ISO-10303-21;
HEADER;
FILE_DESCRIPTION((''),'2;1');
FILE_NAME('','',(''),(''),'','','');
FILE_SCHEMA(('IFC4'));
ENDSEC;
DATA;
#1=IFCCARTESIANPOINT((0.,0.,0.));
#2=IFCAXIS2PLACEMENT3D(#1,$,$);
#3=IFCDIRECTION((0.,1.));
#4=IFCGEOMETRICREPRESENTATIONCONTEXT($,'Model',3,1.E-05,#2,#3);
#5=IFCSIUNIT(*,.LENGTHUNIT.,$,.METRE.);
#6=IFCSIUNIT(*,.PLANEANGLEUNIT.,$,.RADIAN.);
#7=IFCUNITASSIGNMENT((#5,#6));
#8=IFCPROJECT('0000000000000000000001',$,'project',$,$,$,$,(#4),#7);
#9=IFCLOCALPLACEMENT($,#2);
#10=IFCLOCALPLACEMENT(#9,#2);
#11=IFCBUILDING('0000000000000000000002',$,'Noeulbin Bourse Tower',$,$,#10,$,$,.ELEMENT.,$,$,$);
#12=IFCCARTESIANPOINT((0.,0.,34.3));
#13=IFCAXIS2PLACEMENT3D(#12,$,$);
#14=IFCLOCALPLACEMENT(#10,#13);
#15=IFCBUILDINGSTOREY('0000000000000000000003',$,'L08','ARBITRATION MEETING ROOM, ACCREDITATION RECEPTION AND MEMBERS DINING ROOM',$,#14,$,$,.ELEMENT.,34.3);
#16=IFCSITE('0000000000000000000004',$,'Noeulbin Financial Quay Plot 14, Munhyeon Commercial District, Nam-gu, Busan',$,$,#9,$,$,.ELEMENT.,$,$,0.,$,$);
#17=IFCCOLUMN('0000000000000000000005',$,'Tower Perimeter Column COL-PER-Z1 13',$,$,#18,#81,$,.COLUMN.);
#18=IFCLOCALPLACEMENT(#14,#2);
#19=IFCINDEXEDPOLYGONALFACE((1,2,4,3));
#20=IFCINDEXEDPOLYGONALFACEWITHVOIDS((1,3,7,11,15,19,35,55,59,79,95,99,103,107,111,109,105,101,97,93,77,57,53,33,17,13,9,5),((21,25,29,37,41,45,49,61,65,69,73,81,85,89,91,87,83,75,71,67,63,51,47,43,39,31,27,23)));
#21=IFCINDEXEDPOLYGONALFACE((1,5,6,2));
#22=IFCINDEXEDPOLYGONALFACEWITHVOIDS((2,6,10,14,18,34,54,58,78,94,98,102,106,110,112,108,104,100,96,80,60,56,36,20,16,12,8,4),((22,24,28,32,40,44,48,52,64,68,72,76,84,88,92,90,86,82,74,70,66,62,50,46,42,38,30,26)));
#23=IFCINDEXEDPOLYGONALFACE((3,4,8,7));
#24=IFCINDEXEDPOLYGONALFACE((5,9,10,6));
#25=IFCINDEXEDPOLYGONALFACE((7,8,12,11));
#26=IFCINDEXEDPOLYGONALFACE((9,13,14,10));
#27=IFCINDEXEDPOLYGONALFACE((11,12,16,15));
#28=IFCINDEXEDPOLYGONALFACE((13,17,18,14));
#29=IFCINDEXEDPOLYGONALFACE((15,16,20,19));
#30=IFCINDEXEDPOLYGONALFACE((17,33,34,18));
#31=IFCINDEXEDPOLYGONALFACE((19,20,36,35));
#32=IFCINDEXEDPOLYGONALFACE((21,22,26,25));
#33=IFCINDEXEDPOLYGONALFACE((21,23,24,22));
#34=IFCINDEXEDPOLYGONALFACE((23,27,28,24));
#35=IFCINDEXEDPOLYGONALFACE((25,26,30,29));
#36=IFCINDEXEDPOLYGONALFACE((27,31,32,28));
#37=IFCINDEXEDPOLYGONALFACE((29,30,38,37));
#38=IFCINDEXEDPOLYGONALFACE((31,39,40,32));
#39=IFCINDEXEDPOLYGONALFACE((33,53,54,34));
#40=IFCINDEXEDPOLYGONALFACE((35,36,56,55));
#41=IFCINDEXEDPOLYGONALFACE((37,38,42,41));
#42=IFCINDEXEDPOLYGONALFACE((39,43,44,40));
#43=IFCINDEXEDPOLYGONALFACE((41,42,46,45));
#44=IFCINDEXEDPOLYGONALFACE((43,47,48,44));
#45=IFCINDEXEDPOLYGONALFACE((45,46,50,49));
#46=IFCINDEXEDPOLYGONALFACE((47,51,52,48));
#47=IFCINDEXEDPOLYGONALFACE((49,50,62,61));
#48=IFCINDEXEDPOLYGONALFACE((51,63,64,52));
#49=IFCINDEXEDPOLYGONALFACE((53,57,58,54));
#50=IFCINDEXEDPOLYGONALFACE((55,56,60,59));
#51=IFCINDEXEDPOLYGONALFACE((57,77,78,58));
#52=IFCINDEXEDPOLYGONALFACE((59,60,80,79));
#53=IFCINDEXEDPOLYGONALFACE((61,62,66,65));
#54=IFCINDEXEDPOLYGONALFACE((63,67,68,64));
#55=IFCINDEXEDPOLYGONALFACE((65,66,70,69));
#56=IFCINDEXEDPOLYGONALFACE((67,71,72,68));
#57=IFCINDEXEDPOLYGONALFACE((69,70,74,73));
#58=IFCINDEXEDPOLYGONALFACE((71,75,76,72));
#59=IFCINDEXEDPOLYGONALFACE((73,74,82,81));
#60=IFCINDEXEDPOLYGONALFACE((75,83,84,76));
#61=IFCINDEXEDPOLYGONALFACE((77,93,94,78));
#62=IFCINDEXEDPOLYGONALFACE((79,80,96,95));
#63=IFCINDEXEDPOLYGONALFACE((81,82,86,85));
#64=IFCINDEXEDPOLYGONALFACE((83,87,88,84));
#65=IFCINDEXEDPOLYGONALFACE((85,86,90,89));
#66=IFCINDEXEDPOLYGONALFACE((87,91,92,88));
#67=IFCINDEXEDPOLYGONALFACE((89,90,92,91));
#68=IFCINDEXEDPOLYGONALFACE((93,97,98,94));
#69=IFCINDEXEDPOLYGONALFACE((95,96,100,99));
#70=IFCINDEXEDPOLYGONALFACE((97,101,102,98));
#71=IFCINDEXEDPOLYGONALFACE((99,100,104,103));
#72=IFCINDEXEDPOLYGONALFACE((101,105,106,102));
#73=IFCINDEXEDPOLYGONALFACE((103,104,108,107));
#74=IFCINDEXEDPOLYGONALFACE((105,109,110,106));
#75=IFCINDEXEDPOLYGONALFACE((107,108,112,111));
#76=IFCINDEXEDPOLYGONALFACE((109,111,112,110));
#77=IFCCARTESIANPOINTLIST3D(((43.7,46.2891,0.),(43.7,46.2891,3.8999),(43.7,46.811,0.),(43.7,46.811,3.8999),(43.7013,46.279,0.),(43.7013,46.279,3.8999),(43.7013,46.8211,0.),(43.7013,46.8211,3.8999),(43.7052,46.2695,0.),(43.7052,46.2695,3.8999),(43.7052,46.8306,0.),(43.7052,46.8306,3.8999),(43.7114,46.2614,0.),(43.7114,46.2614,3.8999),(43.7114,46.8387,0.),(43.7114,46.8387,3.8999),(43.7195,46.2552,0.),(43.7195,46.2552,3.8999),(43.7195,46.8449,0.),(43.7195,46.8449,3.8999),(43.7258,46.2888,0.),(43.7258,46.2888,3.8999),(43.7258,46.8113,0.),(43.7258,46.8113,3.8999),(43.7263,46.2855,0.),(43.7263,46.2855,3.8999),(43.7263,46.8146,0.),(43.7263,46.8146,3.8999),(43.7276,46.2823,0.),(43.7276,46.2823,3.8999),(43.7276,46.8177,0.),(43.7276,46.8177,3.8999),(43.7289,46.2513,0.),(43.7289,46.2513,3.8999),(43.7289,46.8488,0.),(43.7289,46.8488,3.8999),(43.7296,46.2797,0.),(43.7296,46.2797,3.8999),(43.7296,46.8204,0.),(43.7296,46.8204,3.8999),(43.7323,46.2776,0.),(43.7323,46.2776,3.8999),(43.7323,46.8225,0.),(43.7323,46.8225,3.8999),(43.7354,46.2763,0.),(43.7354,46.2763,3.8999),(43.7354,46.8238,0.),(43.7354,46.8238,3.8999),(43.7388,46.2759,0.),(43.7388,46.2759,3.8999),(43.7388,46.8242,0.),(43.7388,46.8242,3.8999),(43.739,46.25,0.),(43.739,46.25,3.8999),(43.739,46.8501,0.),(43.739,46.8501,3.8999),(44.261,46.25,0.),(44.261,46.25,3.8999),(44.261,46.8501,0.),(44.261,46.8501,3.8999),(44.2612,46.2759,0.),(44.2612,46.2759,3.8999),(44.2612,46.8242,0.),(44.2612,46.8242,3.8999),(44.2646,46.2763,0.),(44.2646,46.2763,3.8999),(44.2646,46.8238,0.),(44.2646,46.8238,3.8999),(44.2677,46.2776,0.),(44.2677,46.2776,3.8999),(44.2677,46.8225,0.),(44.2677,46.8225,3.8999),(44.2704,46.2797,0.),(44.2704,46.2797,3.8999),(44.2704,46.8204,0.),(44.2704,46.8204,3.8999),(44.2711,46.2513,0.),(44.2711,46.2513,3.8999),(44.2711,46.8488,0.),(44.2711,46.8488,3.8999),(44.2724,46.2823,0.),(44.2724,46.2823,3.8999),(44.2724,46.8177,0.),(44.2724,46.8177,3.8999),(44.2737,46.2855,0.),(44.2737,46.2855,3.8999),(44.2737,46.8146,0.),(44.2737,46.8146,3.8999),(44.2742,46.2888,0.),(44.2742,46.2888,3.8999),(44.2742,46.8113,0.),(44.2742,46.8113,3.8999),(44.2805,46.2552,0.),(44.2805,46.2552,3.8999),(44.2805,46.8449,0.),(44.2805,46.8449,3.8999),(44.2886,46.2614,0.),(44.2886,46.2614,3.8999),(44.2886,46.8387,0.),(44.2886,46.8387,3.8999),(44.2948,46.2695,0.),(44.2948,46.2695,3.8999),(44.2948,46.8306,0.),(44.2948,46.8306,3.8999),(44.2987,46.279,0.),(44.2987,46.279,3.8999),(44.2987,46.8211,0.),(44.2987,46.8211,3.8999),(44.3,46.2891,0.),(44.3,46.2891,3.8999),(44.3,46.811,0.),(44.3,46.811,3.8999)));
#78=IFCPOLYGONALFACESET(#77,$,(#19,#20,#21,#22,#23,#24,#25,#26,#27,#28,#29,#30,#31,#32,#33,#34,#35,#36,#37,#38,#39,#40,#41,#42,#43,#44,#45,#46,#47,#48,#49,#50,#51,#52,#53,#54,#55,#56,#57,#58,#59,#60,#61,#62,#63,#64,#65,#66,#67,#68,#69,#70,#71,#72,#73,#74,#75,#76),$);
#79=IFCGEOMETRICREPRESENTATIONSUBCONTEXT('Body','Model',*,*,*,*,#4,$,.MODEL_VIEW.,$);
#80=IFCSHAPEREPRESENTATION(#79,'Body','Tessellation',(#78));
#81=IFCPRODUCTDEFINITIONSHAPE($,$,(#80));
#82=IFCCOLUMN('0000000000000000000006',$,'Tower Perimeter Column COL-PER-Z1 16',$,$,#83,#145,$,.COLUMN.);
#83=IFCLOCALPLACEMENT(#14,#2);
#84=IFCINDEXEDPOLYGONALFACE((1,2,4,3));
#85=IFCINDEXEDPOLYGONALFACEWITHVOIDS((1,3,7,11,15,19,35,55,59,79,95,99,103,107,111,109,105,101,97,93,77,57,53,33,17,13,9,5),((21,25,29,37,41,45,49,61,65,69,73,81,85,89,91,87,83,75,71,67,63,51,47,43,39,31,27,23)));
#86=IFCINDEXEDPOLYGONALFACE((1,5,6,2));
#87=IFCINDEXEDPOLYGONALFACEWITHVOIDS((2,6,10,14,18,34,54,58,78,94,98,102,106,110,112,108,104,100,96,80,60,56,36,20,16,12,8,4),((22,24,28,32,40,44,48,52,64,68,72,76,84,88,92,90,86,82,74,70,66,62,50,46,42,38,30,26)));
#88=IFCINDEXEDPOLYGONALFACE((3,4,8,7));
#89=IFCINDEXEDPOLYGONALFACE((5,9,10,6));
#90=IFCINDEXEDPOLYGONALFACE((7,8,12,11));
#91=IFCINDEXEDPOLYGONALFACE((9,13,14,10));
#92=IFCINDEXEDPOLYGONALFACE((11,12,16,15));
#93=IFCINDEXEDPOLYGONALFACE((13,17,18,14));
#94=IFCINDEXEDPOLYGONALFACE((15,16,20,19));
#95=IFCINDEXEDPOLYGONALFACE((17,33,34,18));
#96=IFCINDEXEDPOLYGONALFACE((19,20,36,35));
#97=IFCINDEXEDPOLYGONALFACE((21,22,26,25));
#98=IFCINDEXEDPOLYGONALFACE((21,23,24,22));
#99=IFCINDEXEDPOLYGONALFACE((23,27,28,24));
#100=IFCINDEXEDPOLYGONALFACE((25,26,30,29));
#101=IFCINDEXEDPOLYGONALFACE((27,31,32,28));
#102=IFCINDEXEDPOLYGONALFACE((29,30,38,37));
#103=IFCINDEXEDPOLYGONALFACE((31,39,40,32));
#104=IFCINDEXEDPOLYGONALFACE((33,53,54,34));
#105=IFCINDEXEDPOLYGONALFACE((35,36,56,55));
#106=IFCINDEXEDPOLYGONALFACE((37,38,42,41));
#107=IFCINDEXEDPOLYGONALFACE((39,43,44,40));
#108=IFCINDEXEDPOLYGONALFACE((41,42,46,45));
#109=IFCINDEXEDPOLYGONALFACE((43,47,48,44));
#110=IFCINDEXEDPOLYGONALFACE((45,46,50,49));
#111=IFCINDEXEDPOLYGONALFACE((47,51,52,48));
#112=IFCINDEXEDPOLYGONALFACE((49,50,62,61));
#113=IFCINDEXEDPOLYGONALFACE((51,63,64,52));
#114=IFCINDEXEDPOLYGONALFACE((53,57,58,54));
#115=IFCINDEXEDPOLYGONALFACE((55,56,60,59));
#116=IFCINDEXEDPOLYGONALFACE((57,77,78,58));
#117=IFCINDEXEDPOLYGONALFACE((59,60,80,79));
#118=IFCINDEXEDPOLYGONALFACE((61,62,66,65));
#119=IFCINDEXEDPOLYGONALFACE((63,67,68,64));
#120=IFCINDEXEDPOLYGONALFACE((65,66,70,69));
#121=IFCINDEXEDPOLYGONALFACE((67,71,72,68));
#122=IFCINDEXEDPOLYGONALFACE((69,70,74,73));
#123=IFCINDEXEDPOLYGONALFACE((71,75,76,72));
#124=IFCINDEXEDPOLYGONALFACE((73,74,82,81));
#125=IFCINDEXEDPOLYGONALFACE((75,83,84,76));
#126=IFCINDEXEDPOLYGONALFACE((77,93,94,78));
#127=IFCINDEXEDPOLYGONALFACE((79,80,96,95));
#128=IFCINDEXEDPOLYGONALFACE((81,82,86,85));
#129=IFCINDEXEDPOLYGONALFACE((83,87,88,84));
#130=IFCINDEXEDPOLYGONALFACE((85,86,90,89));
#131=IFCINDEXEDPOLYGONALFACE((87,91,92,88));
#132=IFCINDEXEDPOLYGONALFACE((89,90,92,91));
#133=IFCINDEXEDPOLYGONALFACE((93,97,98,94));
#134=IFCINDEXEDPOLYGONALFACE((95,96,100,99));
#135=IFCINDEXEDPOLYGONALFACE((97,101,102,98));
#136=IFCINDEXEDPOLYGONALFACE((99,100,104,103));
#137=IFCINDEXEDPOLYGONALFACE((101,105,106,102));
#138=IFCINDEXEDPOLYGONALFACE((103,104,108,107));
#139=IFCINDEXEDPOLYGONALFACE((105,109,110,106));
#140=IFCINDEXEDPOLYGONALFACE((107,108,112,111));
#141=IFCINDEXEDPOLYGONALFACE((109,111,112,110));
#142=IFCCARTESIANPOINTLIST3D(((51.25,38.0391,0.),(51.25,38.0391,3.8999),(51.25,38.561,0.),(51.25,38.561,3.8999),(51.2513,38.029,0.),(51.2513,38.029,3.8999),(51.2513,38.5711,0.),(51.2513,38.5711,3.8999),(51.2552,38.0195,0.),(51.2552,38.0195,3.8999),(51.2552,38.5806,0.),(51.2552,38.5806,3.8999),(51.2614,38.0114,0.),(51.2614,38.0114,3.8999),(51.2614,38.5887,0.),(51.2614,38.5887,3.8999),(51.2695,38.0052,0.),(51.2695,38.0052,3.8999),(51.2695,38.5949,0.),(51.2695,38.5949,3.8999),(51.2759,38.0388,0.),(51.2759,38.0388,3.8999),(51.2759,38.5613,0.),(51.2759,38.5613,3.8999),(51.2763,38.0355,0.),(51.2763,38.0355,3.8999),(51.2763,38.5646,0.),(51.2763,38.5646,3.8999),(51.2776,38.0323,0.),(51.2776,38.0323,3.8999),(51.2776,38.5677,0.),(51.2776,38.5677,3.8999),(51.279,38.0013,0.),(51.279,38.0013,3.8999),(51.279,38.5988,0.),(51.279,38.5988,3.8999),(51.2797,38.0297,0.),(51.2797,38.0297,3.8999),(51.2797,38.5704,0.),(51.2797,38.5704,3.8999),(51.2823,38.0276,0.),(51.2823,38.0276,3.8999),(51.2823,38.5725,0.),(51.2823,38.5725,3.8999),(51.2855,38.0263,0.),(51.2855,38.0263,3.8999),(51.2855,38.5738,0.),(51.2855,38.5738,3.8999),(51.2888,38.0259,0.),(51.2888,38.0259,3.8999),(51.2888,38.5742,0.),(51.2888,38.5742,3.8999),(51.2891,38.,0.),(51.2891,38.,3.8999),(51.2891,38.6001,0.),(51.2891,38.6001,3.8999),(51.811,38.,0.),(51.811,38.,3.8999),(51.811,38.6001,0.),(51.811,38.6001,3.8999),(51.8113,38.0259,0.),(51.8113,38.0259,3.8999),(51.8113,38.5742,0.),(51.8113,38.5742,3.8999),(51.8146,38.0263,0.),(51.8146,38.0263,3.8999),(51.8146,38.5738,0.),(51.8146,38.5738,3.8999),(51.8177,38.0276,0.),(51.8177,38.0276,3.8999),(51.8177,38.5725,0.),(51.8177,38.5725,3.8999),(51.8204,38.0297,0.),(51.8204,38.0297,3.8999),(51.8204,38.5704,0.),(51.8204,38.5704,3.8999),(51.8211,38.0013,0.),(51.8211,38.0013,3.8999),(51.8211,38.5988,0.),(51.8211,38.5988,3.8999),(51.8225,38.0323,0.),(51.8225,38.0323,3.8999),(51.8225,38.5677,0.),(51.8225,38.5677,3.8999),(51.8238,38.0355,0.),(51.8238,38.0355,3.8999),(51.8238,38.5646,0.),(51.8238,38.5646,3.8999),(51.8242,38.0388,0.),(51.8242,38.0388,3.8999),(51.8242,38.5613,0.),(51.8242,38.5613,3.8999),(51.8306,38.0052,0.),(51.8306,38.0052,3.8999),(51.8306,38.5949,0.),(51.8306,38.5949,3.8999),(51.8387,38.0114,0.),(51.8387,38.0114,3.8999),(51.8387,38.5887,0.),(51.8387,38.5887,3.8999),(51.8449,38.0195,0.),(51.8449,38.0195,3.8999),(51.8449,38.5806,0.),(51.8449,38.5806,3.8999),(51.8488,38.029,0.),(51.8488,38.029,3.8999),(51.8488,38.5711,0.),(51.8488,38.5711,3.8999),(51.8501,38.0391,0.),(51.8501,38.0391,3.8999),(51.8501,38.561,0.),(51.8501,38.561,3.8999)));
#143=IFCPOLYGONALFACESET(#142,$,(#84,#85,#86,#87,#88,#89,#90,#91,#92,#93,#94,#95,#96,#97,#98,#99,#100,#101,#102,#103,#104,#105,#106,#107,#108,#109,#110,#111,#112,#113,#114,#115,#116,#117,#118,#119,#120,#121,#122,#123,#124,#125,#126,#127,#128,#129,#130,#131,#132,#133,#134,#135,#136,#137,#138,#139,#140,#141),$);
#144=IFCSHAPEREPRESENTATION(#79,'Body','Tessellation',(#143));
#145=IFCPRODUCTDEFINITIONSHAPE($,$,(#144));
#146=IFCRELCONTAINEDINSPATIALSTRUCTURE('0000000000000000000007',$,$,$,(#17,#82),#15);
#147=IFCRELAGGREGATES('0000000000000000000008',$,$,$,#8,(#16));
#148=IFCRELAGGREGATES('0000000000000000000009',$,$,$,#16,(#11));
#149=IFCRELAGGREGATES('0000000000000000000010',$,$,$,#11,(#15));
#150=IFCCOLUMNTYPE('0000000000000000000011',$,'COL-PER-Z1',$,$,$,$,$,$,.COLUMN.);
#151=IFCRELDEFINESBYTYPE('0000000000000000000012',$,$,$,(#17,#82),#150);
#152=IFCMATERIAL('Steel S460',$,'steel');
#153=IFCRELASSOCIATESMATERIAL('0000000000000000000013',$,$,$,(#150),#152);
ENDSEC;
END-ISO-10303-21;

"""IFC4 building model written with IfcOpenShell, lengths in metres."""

from ifc_helpers import new_model, si_unit, direction, frame, origin, origin_2d, place, context, subcontext, project, spatial, hollow_rectangle, extrude, material, material_profile, profile_set, type_object, element, save


model = new_model("IFC4")

# Units and contexts
model_context = context("Model", 3, precision=1e-05, world=origin(), true_north=direction((0.0, 1.0)))
body_context = subcontext(model_context, "Body", "Model", "MODEL_VIEW")
ifc_project = project(units=[si_unit("LENGTHUNIT", "METRE"), si_unit("PLANEANGLEUNIT", "RADIAN")], contexts=[model_context])

# Site, building, storey
site_placement = place(None, origin())
site = spatial("IfcSite", under=ifc_project, at=site_placement, Name="Noeulbin Financial Quay Plot 14, Munhyeon Commercial District, Nam-gu, Busan", CompositionType="ELEMENT", RefElevation=0.0)
building_placement = place(site_placement, origin())
building = spatial("IfcBuilding", under=site, at=building_placement, Name="Noeulbin Bourse Tower", CompositionType="ELEMENT")
storey_placement = place(building_placement, frame((0.0, 0.0, 34.3)))
storey = spatial("IfcBuildingStorey", under=building, at=storey_placement, Name="L08", Description="ARBITRATION MEETING ROOM, ACCREDITATION RECEPTION AND MEMBERS DINING ROOM", CompositionType="ELEMENT", Elevation=34.3)

# Columns
ifc_material_1 = material(Name="Steel S460", Category="steel")
ifc_material_profile_1 = material_profile(ifc_material_1, hollow_rectangle(XDim=0.6001, YDim=0.6001, WallThickness=0.0259, InnerFilletRadius=0.0129, OuterFilletRadius=0.0391, at=origin_2d()), Name="BOX-600x600x26", Category="LoadBearing")
ifc_profile_set_1 = profile_set([ifc_material_profile_1], Name="Steel S460")
column_type_1 = type_object("IfcColumnType", Name="COL-PER-Z1", PredefinedType="COLUMN", material=ifc_profile_set_1)
for number, where, z_axis, x_axis, name in (
    (1, (44.0, 46.55, 0.0), (0.0, 0.0, 1.0), (1.0, 0.0, 0.0), "Tower Perimeter Column COL-PER-Z1 13"),
    (2, (51.55, 38.3, 0.0), (0.0, 0.0, 1.0), (1.0, 0.0, 0.0), "Tower Perimeter Column COL-PER-Z1 16"),
):
    element("IfcColumn", number, at=place(storey_placement, frame(where, z_axis=z_axis, x_axis=x_axis)), inside=storey, type_object=column_type_1, Name=name, PredefinedType="COLUMN", context=body_context, shape_type="SweptSolid", body=[
        extrude(hollow_rectangle(XDim=0.6001, YDim=0.6001, WallThickness=0.0259, InnerFilletRadius=0.0129, OuterFilletRadius=0.0391, at=origin_2d()), origin(), (0.0, 0.0, 1.0), 3.8999),
    ])

save(model, "model.ifc")
